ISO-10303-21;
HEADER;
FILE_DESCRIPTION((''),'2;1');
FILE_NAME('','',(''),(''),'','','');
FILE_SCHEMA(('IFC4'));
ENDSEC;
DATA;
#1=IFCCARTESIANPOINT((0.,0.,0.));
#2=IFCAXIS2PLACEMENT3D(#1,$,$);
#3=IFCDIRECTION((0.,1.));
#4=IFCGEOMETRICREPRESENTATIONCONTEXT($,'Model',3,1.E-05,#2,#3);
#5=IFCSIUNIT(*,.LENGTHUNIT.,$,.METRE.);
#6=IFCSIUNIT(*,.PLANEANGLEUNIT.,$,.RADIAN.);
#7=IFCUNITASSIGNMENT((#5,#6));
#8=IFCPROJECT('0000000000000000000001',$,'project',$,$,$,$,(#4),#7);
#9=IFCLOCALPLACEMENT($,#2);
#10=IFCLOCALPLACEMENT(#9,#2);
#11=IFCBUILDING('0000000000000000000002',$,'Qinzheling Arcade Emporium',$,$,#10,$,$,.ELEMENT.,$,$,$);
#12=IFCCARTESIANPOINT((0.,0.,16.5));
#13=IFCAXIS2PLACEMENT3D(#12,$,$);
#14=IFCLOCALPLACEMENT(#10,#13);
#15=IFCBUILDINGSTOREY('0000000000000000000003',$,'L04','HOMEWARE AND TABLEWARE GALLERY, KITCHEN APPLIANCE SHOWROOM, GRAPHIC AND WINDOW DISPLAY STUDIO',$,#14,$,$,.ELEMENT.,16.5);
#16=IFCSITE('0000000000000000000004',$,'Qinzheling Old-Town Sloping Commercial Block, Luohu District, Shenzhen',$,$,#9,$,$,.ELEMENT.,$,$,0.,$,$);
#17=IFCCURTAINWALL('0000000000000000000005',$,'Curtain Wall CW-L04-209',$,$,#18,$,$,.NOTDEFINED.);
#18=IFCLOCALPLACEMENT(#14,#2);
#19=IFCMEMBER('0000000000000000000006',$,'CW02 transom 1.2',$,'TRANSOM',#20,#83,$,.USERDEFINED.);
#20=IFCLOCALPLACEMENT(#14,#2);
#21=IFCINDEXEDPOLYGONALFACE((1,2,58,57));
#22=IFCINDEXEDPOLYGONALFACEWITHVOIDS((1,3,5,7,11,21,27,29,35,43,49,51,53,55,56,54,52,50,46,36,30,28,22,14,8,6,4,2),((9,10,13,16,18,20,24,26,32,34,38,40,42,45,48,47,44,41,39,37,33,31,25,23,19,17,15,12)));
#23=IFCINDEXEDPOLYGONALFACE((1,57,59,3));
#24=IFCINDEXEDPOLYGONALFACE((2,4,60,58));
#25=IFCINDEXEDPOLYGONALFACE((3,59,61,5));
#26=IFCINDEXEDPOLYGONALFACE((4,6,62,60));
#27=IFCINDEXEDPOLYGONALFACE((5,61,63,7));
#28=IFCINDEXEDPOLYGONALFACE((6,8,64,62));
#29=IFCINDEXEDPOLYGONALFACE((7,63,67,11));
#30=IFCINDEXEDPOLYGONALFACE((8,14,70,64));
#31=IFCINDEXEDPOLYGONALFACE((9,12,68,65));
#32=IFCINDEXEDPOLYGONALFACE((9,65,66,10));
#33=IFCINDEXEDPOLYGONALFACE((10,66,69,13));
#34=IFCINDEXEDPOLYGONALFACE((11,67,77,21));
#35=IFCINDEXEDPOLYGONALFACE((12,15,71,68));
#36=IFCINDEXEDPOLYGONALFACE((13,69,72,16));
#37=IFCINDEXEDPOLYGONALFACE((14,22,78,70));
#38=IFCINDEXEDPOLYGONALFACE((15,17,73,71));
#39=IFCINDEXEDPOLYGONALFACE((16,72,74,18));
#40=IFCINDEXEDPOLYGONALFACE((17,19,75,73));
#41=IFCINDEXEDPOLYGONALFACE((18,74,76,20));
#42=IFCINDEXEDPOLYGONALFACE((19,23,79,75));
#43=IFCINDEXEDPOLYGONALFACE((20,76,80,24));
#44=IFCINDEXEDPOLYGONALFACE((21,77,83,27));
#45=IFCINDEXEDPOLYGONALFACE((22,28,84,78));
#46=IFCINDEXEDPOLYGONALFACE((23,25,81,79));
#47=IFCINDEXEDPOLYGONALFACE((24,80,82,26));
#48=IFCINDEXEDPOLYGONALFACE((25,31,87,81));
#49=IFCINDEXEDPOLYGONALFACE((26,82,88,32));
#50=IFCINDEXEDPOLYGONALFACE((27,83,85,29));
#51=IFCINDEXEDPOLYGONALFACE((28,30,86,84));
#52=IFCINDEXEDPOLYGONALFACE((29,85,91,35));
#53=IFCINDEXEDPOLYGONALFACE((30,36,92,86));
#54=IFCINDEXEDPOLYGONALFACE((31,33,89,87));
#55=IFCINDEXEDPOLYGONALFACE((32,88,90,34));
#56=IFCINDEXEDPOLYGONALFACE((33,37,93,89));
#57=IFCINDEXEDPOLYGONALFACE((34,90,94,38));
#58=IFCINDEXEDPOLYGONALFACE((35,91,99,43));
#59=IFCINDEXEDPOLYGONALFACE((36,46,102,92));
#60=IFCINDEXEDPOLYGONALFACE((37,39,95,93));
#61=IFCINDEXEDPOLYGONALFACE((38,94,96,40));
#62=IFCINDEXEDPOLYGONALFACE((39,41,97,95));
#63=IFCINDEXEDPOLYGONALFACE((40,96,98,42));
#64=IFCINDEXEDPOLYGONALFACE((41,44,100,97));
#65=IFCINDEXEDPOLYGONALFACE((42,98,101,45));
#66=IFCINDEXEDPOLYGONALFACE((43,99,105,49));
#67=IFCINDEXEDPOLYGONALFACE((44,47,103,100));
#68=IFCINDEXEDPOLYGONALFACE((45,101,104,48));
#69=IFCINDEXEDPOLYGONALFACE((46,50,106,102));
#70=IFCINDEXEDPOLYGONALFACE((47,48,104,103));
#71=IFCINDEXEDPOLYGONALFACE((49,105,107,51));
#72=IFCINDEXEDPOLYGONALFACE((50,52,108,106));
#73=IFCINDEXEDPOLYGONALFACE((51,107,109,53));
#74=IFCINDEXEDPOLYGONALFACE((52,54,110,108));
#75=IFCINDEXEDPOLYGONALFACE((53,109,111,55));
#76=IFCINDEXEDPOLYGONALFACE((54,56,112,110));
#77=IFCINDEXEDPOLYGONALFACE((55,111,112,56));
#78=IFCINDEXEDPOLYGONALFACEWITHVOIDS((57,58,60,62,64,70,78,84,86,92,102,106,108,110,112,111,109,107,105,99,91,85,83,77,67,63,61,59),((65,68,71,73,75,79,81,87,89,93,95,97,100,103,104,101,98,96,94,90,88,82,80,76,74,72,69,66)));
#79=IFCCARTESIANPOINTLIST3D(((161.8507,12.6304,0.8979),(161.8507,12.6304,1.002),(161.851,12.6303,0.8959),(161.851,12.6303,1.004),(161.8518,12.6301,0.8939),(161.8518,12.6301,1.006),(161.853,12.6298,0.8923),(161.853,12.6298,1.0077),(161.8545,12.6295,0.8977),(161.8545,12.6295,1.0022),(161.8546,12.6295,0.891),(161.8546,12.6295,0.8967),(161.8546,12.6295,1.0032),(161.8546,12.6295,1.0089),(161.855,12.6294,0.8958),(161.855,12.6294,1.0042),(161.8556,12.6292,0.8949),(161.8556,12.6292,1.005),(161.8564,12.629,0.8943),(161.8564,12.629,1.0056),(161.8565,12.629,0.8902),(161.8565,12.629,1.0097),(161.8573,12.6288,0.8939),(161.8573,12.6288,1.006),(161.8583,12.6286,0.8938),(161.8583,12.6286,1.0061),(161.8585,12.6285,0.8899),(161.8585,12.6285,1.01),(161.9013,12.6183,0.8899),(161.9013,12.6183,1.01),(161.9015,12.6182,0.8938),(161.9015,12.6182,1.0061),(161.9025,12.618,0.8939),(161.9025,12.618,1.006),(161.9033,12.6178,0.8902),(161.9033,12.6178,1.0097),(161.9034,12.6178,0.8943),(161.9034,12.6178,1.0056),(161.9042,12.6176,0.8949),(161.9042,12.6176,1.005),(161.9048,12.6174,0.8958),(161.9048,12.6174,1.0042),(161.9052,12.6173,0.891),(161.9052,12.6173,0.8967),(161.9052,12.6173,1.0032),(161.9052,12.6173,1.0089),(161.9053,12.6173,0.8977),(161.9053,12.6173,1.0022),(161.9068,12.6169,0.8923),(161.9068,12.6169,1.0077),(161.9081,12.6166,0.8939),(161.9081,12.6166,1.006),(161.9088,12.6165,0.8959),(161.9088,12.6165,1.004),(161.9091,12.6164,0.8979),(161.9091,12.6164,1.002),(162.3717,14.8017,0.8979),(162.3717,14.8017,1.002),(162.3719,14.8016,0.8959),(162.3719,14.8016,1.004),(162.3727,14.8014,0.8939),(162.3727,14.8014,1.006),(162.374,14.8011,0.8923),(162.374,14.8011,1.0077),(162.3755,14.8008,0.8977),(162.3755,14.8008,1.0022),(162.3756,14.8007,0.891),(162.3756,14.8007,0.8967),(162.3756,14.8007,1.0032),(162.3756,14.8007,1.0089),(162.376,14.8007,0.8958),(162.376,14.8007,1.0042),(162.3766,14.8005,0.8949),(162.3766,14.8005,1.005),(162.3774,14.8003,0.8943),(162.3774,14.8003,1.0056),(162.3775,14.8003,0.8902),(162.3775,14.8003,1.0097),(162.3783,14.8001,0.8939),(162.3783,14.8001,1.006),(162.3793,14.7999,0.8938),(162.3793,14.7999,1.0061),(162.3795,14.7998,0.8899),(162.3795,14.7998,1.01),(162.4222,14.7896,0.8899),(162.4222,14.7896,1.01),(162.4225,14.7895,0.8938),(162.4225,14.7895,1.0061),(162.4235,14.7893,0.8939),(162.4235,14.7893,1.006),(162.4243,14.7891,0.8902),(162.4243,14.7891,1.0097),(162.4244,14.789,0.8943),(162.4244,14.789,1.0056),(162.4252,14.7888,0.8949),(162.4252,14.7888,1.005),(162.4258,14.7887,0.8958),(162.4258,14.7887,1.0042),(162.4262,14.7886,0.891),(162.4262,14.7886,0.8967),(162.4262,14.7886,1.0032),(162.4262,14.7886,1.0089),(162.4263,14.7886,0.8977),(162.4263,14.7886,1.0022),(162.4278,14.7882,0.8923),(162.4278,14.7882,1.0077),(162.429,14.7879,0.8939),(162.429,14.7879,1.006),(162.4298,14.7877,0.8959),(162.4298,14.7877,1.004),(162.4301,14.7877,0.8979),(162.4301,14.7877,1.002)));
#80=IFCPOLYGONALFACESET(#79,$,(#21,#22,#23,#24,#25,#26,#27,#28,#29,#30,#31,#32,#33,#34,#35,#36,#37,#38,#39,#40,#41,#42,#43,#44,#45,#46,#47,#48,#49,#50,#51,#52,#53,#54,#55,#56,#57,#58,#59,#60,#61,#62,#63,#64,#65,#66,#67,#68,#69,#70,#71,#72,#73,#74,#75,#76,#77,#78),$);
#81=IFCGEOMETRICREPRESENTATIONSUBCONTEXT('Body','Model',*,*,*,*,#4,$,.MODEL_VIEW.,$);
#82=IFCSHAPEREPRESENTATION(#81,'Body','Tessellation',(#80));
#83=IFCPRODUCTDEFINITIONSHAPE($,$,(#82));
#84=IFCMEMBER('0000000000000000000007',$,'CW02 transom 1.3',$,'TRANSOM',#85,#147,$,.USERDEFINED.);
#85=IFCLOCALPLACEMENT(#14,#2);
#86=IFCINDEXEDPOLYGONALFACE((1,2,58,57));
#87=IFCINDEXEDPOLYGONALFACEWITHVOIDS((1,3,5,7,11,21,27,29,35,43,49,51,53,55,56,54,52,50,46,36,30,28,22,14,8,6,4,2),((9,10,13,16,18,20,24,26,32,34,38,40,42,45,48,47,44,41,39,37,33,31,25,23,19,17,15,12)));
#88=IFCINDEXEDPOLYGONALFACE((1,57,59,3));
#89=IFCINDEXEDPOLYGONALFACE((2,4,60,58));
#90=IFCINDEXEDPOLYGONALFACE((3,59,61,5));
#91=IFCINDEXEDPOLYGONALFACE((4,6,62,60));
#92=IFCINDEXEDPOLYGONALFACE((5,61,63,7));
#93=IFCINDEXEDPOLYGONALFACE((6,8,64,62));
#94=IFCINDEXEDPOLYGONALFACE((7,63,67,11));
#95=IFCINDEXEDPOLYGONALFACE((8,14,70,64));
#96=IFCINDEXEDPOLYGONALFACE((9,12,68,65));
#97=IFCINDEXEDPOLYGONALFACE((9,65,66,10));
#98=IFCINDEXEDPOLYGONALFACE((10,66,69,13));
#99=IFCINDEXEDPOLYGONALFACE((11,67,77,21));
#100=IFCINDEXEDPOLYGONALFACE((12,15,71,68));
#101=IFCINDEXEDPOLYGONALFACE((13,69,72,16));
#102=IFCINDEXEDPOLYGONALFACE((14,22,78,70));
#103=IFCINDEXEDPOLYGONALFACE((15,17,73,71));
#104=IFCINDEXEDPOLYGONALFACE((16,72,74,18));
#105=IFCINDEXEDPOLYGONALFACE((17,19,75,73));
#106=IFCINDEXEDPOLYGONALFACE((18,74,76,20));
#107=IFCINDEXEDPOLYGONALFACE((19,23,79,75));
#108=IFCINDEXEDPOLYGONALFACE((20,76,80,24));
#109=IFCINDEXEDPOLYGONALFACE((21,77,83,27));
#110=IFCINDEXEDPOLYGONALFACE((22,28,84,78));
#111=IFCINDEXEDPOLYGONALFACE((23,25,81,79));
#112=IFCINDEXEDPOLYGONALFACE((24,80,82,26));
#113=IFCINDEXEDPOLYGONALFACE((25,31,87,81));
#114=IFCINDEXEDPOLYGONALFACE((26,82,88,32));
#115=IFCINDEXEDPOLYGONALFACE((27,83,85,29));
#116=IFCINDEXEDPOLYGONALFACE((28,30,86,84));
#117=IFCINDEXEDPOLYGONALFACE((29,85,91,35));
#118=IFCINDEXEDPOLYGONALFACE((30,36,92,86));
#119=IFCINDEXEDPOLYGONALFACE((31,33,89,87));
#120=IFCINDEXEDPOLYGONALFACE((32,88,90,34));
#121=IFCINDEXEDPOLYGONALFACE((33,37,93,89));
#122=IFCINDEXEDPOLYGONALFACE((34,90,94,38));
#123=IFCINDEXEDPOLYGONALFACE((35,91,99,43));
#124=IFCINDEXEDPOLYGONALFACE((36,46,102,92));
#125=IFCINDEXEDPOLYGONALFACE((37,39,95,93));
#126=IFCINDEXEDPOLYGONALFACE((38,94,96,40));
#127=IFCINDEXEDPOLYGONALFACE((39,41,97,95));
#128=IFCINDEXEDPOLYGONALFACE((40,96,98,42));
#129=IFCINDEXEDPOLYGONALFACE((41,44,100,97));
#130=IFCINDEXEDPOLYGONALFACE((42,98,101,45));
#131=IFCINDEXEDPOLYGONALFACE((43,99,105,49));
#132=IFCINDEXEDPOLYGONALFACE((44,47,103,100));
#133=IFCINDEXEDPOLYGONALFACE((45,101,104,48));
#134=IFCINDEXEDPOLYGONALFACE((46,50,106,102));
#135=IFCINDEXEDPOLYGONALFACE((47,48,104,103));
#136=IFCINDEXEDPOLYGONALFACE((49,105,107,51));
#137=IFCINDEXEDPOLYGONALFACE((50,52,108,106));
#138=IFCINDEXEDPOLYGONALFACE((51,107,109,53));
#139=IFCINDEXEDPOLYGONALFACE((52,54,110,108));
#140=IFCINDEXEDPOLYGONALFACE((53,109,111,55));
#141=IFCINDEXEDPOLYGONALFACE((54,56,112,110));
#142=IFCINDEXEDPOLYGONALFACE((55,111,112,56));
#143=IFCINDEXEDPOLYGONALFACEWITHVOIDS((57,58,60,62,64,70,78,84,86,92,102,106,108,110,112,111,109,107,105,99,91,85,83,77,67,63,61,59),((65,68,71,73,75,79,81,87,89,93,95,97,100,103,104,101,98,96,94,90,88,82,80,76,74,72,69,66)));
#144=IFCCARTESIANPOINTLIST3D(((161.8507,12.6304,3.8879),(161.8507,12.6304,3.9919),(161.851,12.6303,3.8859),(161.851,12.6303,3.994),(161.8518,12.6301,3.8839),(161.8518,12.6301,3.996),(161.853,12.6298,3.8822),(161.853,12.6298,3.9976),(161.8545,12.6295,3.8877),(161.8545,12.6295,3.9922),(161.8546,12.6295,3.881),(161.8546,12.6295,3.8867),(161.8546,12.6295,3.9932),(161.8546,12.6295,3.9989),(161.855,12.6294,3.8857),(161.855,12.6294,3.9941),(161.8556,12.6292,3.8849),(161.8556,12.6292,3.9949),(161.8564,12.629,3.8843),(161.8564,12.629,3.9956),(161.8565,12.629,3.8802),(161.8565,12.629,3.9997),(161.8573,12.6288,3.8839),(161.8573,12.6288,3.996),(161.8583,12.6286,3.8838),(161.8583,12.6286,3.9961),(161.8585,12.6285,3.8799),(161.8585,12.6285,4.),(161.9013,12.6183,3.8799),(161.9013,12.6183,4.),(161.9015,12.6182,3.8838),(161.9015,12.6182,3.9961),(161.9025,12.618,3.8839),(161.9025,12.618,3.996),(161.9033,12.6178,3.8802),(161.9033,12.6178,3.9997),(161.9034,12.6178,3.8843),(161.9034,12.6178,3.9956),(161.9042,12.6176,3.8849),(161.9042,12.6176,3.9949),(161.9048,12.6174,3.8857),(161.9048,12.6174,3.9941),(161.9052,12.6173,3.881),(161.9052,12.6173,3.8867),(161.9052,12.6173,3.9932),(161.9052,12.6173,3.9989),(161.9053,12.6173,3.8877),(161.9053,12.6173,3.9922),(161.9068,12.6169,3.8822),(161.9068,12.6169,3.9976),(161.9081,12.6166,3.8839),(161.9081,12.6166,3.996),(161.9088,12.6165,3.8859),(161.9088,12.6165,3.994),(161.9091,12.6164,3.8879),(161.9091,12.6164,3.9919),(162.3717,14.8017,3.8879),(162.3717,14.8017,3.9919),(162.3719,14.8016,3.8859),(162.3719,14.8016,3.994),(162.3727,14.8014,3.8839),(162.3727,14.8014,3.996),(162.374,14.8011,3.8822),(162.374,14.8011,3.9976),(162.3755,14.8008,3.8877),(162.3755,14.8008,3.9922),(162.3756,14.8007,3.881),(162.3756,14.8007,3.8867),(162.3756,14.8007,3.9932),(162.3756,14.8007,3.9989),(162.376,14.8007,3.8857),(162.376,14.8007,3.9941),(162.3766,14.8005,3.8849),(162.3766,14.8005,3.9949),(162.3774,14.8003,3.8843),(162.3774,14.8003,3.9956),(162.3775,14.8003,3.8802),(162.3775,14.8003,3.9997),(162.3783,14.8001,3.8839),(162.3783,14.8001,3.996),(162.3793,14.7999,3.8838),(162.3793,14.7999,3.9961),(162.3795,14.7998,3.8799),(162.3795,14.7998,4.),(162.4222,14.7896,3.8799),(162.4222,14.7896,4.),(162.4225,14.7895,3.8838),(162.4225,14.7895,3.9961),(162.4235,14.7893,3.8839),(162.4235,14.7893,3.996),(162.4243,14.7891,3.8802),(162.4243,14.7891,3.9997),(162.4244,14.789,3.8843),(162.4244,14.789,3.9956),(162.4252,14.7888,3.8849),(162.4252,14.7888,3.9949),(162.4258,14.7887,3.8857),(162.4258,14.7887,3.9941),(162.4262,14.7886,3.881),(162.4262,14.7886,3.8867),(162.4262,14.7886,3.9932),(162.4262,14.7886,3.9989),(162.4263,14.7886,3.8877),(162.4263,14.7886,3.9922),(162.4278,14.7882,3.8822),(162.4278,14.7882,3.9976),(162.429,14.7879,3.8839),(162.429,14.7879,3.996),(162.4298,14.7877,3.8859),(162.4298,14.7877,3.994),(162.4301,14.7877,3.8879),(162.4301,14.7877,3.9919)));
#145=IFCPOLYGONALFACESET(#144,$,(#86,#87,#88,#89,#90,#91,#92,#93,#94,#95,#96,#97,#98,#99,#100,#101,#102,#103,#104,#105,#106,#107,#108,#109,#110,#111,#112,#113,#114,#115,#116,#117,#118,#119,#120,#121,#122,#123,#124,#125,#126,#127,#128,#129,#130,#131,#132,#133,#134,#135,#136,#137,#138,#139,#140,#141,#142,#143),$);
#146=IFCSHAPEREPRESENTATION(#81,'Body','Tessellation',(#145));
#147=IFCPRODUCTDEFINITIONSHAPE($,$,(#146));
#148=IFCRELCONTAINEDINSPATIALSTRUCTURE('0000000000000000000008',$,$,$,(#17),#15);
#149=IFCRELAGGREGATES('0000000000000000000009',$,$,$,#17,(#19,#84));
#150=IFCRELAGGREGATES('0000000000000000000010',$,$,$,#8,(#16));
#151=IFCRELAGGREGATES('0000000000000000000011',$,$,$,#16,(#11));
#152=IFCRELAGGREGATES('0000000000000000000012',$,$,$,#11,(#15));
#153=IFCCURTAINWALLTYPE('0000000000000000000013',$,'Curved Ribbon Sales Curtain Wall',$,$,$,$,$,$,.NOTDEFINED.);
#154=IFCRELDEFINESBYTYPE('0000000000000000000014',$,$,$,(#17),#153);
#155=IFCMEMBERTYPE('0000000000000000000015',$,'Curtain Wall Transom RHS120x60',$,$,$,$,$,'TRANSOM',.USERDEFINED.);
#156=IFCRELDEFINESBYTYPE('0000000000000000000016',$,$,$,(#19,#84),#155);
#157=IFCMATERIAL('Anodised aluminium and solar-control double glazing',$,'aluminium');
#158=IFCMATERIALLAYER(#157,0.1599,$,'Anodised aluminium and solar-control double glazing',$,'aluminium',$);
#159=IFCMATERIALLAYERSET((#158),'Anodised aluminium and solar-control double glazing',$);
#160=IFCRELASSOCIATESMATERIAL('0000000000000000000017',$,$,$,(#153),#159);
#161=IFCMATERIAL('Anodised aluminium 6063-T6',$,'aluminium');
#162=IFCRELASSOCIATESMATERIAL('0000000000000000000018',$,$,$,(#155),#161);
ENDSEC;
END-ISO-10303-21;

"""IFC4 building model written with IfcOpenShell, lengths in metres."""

from ifc_helpers import new_model, si_unit, direction, frame, origin, origin_2d, place, context, subcontext, project, spatial, hollow_rectangle, extrude, material, layer, layer_set, material_profile, profile_set, type_object, element, aggregate, save


model = new_model("IFC4")

# Units and contexts
model_context = context("Model", 3, precision=1e-05, world=origin(), true_north=direction((0.0, 1.0)))
body_context = subcontext(model_context, "Body", "Model", "MODEL_VIEW")
ifc_project = project(units=[si_unit("LENGTHUNIT", "METRE"), si_unit("PLANEANGLEUNIT", "RADIAN")], contexts=[model_context])

# Site, building, storey
site_placement = place(None, origin())
site = spatial("IfcSite", under=ifc_project, at=site_placement, Name="Qinzheling Old-Town Sloping Commercial Block, Luohu District, Shenzhen", CompositionType="ELEMENT", RefElevation=0.0)
building_placement = place(site_placement, origin())
building = spatial("IfcBuilding", under=site, at=building_placement, Name="Qinzheling Arcade Emporium", CompositionType="ELEMENT")
storey_placement = place(building_placement, frame((0.0, 0.0, 16.5)))
storey = spatial("IfcBuildingStorey", under=building, at=storey_placement, Name="L04", Description="HOMEWARE AND TABLEWARE GALLERY, KITCHEN APPLIANCE SHOWROOM, GRAPHIC AND WINDOW DISPLAY STUDIO", CompositionType="ELEMENT", Elevation=16.5)

# Curtain wall
ifc_material_1 = material(Name="Anodised aluminium and solar-control double glazing", Category="aluminium")
ifc_material_2 = material(Name="Anodised aluminium 6063-T6", Category="aluminium")
ifc_layer_1 = layer(ifc_material_1, 0.1599, Name="Anodised aluminium and solar-control double glazing", Category="aluminium")
ifc_layer_set_1 = layer_set([ifc_layer_1], Name="Anodised aluminium and solar-control double glazing")
curtain_wall_type_1 = type_object("IfcCurtainWallType", Name="Curved Ribbon Sales Curtain Wall", PredefinedType="NOTDEFINED", material=ifc_layer_set_1)
curtain_wall_1_placement = place(storey_placement, origin())
curtain_wall_1 = element("IfcCurtainWall", 1, at=curtain_wall_1_placement, inside=storey, type_object=curtain_wall_type_1, Name="Curtain Wall CW-L04-209", PredefinedType="NOTDEFINED")

# Members
ifc_material_profile_1 = material_profile(ifc_material_2, hollow_rectangle(XDim=0.0601, YDim=0.1201, WallThickness=0.0039, InnerFilletRadius=0.0039, OuterFilletRadius=0.0081, at=origin_2d()), Name="RHS 120x60x4", Category="aluminium")
ifc_profile_set_1 = profile_set([ifc_material_profile_1], Name="Anodised aluminium 6063-T6")
member_type_1 = type_object("IfcMemberType", Name="Curtain Wall Transom RHS120x60", ElementType="TRANSOM", PredefinedType="USERDEFINED", material=ifc_profile_set_1)
member_1_placement = place(storey_placement, frame((162.4009, 14.7947, 0.95), z_axis=(-0.233315, -0.972401, 0.0), x_axis=(0.972401, -0.233315, 0.0)))
member_1 = element("IfcMember", 2, at=member_1_placement, type_object=member_type_1, Name="CW02 transom 1.2", ObjectType="TRANSOM", PredefinedType="USERDEFINED", context=body_context, shape_type="SweptSolid", body=[
    extrude(hollow_rectangle(XDim=0.0601, YDim=0.1201, WallThickness=0.0039, InnerFilletRadius=0.0039, OuterFilletRadius=0.0081, at=origin_2d()), origin(), (0.0, 0.0, 1.0), 2.2329),
])
member_2_placement = place(storey_placement, frame((162.4009, 14.7947, 3.9399), z_axis=(-0.233315, -0.972401, 0.0), x_axis=(0.972401, -0.233315, 0.0)))
member_2 = element("IfcMember", 3, at=member_2_placement, type_object=member_type_1, Name="CW02 transom 1.3", ObjectType="TRANSOM", PredefinedType="USERDEFINED", context=body_context, shape_type="SweptSolid", body=[
    extrude(hollow_rectangle(XDim=0.0601, YDim=0.1201, WallThickness=0.0039, InnerFilletRadius=0.0039, OuterFilletRadius=0.0081, at=origin_2d()), origin(), (0.0, 0.0, 1.0), 2.2329),
])

aggregate(curtain_wall_1, [member_1, member_2])

save(model, "model.ifc")
